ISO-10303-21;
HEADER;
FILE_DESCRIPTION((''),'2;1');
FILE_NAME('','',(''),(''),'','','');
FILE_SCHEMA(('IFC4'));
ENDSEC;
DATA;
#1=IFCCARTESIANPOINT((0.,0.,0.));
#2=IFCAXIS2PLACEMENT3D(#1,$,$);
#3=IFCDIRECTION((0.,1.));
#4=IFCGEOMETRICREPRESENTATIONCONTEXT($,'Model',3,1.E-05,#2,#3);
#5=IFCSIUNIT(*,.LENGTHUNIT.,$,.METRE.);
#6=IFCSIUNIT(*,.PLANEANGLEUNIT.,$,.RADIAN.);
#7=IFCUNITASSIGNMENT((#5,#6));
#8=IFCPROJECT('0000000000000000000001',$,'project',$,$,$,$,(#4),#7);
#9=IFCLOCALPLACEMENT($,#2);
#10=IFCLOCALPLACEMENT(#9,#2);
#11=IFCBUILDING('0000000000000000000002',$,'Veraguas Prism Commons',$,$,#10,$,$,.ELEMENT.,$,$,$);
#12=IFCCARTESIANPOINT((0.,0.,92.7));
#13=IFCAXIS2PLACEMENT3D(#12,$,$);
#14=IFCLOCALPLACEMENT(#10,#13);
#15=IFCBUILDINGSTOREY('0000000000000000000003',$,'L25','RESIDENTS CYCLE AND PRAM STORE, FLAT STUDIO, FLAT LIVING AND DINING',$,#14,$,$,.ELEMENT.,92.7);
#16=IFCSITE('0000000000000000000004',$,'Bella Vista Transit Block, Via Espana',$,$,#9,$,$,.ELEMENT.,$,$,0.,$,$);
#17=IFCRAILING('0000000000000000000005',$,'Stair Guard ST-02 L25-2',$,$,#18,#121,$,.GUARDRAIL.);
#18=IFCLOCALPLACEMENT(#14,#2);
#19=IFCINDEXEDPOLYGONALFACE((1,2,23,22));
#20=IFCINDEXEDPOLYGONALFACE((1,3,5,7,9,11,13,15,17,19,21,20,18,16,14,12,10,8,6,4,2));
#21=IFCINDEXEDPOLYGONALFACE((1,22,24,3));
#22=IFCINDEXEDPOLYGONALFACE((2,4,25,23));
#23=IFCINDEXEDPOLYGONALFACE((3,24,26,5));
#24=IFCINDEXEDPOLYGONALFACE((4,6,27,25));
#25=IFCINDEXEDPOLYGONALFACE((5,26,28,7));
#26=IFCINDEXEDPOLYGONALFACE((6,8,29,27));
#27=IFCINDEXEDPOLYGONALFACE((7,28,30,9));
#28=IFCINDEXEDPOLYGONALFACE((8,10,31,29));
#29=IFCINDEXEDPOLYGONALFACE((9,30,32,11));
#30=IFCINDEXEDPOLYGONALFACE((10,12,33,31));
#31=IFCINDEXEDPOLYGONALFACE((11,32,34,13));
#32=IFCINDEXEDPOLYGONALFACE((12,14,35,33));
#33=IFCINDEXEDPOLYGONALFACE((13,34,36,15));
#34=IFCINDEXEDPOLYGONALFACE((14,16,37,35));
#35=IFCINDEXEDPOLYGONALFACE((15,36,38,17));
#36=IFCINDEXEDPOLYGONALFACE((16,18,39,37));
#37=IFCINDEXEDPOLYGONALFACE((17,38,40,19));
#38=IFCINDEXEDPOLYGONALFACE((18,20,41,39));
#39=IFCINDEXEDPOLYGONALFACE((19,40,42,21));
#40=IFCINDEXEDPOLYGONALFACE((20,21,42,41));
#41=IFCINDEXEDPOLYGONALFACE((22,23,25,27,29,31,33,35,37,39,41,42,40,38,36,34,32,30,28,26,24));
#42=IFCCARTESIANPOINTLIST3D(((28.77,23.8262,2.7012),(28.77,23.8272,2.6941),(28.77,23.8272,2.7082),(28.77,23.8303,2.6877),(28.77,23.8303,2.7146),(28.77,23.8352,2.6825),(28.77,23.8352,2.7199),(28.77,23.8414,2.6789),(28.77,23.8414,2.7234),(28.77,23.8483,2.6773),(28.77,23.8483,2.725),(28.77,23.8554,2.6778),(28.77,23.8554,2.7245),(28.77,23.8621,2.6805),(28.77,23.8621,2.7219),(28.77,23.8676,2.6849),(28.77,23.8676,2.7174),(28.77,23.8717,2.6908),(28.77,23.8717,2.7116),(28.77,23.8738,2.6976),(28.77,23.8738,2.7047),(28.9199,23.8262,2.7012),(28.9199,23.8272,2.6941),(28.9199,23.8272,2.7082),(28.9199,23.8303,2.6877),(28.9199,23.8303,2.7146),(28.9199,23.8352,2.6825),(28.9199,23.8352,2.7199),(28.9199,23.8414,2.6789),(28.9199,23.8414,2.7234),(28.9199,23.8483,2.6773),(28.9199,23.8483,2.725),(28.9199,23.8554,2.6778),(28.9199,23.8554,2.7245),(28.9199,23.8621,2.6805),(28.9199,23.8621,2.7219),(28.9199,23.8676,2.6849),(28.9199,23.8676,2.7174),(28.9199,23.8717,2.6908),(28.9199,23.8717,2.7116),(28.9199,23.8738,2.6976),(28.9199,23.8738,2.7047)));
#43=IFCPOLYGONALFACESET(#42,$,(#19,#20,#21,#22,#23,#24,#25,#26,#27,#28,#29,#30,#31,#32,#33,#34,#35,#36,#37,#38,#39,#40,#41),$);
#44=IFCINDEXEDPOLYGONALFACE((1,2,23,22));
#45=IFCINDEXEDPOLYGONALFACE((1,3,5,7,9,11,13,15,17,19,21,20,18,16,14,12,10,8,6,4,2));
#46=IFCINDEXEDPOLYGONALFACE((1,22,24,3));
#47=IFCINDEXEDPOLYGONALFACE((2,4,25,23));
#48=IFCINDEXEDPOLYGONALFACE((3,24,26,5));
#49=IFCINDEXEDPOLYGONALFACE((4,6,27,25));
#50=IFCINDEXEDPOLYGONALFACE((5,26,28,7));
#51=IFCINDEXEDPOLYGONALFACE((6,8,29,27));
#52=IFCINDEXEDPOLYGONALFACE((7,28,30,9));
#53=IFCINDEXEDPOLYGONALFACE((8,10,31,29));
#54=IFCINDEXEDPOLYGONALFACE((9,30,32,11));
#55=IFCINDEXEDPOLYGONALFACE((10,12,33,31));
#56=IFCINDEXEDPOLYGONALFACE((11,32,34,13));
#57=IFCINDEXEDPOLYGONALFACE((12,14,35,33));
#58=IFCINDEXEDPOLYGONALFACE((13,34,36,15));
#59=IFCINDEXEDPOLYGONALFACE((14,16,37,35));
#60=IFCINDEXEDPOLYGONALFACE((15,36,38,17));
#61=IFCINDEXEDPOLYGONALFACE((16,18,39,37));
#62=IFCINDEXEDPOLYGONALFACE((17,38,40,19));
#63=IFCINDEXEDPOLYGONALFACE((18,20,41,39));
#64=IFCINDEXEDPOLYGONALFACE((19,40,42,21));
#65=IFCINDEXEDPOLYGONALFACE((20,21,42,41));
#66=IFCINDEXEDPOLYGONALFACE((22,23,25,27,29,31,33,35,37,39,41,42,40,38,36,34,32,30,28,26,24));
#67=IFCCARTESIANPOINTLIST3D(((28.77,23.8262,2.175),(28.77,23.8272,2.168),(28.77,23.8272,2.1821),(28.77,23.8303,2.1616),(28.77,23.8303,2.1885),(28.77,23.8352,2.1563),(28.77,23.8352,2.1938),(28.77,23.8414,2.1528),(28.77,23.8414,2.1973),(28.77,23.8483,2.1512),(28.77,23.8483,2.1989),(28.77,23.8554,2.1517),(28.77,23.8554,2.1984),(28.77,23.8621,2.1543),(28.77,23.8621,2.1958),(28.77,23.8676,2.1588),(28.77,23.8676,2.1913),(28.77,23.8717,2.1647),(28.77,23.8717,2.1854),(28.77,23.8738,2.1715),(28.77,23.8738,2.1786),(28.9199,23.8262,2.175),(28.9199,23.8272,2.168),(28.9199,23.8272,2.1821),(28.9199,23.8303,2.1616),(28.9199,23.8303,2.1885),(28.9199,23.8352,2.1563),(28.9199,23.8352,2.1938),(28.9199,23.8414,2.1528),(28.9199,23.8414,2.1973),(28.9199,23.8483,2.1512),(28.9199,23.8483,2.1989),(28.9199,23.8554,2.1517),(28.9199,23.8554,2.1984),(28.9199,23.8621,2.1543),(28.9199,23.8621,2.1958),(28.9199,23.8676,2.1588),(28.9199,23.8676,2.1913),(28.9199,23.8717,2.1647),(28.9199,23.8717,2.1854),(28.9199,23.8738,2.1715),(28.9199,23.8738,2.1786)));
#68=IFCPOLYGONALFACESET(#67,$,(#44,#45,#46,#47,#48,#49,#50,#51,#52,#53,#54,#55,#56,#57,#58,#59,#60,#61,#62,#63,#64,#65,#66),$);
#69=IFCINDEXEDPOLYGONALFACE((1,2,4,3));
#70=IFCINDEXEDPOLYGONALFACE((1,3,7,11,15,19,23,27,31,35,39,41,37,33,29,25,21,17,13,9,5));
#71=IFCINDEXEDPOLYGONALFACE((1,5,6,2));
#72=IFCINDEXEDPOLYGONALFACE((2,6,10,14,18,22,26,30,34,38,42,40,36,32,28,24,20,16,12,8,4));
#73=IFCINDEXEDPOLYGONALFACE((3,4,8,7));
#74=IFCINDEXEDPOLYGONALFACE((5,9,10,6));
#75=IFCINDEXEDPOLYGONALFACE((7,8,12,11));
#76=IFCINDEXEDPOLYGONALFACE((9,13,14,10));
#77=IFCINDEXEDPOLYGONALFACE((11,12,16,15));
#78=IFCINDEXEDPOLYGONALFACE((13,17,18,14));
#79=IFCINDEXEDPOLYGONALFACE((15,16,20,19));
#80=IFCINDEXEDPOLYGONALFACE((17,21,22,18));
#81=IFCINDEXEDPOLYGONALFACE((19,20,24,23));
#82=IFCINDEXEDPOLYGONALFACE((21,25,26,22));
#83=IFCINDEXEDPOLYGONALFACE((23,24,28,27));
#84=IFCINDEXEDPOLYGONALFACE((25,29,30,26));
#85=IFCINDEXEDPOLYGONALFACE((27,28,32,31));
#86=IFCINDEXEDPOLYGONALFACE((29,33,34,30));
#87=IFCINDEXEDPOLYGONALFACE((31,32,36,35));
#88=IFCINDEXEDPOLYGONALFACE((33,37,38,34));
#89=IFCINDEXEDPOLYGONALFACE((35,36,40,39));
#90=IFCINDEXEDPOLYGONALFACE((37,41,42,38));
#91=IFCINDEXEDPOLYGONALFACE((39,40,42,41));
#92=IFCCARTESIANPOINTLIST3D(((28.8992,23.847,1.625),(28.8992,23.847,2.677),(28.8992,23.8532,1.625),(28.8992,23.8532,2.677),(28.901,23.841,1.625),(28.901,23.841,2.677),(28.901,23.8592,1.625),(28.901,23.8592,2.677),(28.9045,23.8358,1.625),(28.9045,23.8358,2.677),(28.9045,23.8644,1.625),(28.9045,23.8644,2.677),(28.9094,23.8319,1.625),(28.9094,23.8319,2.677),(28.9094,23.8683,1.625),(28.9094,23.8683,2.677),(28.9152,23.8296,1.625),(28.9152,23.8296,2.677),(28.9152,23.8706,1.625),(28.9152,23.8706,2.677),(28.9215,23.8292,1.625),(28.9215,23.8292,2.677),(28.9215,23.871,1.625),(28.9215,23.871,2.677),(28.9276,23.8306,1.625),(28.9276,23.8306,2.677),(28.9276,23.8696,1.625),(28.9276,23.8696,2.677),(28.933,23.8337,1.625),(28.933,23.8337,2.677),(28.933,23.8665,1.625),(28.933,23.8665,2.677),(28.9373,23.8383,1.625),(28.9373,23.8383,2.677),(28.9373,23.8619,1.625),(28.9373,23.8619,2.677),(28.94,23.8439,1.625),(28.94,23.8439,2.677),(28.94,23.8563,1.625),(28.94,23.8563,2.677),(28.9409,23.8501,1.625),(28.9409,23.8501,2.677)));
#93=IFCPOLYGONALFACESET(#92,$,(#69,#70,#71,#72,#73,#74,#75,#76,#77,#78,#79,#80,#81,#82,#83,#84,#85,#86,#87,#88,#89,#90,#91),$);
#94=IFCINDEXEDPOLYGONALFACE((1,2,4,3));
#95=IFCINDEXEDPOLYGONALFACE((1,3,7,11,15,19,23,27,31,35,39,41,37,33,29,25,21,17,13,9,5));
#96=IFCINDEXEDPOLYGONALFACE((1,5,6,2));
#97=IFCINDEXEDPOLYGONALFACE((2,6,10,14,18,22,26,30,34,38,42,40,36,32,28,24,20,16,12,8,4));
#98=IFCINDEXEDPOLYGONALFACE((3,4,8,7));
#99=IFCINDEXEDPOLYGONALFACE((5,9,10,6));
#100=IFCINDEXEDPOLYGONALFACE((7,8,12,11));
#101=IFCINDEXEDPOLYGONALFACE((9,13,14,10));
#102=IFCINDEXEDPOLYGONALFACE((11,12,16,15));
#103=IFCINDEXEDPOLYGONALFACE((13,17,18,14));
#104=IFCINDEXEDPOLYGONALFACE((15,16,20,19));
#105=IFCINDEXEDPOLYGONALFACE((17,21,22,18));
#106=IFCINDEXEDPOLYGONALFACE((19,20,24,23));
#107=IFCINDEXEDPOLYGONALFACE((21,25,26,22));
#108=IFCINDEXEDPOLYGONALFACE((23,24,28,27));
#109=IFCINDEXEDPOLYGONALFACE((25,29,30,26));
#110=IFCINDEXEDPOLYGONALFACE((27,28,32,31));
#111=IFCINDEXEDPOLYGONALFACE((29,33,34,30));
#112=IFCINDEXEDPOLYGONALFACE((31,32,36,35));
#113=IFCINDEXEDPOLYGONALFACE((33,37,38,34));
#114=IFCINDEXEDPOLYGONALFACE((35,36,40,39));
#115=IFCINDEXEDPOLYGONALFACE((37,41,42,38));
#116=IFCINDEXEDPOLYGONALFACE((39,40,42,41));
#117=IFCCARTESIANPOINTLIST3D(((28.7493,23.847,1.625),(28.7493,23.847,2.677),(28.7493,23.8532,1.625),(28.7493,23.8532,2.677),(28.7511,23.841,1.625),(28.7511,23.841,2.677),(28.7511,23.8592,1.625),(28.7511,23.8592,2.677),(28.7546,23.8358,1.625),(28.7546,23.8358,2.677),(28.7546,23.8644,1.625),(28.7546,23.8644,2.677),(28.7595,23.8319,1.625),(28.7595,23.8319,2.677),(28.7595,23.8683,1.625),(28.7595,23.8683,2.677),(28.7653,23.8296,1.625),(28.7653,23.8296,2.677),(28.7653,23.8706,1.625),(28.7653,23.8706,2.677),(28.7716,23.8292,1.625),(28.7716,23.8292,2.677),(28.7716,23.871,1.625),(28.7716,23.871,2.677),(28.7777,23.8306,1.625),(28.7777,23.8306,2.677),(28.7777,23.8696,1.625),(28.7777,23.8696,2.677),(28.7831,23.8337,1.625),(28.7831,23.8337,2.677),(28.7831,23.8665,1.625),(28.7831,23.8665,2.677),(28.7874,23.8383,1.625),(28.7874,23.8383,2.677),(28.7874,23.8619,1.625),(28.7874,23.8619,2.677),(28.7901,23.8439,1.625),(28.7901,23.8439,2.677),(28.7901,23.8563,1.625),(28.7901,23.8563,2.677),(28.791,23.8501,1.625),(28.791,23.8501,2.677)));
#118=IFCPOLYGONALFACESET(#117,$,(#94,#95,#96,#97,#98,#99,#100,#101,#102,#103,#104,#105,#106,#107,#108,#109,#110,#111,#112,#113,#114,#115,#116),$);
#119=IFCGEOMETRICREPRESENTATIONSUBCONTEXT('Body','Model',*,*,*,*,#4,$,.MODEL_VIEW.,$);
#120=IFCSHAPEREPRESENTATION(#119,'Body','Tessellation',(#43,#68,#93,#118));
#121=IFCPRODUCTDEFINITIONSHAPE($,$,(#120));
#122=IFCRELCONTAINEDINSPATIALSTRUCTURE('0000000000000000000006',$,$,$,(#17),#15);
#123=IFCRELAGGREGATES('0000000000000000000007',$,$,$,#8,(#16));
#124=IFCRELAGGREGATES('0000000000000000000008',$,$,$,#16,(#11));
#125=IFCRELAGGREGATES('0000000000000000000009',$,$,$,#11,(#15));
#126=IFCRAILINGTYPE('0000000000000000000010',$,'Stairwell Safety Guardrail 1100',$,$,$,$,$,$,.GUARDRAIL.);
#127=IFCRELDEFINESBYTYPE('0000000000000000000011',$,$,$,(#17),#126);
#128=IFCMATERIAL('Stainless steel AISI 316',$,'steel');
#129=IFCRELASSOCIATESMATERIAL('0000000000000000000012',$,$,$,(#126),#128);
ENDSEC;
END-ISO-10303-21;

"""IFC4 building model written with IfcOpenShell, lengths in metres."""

from ifc_helpers import new_model, si_unit, direction, frame, origin, origin_2d, place, context, subcontext, project, spatial, circle, extrude, material, type_object, element, save


model = new_model("IFC4")

# Units and contexts
model_context = context("Model", 3, precision=1e-05, world=origin(), true_north=direction((0.0, 1.0)))
body_context = subcontext(model_context, "Body", "Model", "MODEL_VIEW")
ifc_project = project(units=[si_unit("LENGTHUNIT", "METRE"), si_unit("PLANEANGLEUNIT", "RADIAN")], contexts=[model_context])

# Site, building, storey
site_placement = place(None, origin())
site = spatial("IfcSite", under=ifc_project, at=site_placement, Name="Bella Vista Transit Block, Via Espana", CompositionType="ELEMENT", RefElevation=0.0)
building_placement = place(site_placement, origin())
building = spatial("IfcBuilding", under=site, at=building_placement, Name="Veraguas Prism Commons", CompositionType="ELEMENT")
storey_placement = place(building_placement, frame((0.0, 0.0, 92.7)))
storey = spatial("IfcBuildingStorey", under=building, at=storey_placement, Name="L25", Description="RESIDENTS CYCLE AND PRAM STORE, FLAT STUDIO, FLAT LIVING AND DINING", CompositionType="ELEMENT", Elevation=92.7)

# Shared definitions
ifc_material_1 = material(Name="Stainless steel AISI 316", Category="steel")

# Railing
railing_type_1 = type_object("IfcRailingType", Name="Stairwell Safety Guardrail 1100", PredefinedType="GUARDRAIL", material=ifc_material_1)
railing_1_placement = place(storey_placement, frame((28.9199, 23.8501, 1.625)))
element("IfcRailing", 1, at=railing_1_placement, inside=storey, type_object=railing_type_1, Name="Stair Guard ST-02 L25-2", PredefinedType="GUARDRAIL", context=body_context, shape_type="SweptSolid", body=[
    extrude(circle(Radius=0.0239, at=origin_2d()), frame((0.0, 0.0, 1.0762), z_axis=(-1.0, 0.0, 0.0), x_axis=(0.0, -1.0, 0.0)), (0.0, 0.0, 1.0), 0.1499),
    extrude(circle(Radius=0.0239, at=origin_2d()), frame((0.0, 0.0, 0.55), z_axis=(-1.0, 0.0, 0.0), x_axis=(0.0, -1.0, 0.0)), (0.0, 0.0, 1.0), 0.1499),
    extrude(circle(Radius=0.021, at=origin_2d()), origin(), (0.0, 0.0, 1.0), 1.052),
    extrude(circle(Radius=0.021, at=origin_2d()), frame((-0.1499, 0.0, 0.0)), (0.0, 0.0, 1.0), 1.052),
])

save(model, "model.ifc")
